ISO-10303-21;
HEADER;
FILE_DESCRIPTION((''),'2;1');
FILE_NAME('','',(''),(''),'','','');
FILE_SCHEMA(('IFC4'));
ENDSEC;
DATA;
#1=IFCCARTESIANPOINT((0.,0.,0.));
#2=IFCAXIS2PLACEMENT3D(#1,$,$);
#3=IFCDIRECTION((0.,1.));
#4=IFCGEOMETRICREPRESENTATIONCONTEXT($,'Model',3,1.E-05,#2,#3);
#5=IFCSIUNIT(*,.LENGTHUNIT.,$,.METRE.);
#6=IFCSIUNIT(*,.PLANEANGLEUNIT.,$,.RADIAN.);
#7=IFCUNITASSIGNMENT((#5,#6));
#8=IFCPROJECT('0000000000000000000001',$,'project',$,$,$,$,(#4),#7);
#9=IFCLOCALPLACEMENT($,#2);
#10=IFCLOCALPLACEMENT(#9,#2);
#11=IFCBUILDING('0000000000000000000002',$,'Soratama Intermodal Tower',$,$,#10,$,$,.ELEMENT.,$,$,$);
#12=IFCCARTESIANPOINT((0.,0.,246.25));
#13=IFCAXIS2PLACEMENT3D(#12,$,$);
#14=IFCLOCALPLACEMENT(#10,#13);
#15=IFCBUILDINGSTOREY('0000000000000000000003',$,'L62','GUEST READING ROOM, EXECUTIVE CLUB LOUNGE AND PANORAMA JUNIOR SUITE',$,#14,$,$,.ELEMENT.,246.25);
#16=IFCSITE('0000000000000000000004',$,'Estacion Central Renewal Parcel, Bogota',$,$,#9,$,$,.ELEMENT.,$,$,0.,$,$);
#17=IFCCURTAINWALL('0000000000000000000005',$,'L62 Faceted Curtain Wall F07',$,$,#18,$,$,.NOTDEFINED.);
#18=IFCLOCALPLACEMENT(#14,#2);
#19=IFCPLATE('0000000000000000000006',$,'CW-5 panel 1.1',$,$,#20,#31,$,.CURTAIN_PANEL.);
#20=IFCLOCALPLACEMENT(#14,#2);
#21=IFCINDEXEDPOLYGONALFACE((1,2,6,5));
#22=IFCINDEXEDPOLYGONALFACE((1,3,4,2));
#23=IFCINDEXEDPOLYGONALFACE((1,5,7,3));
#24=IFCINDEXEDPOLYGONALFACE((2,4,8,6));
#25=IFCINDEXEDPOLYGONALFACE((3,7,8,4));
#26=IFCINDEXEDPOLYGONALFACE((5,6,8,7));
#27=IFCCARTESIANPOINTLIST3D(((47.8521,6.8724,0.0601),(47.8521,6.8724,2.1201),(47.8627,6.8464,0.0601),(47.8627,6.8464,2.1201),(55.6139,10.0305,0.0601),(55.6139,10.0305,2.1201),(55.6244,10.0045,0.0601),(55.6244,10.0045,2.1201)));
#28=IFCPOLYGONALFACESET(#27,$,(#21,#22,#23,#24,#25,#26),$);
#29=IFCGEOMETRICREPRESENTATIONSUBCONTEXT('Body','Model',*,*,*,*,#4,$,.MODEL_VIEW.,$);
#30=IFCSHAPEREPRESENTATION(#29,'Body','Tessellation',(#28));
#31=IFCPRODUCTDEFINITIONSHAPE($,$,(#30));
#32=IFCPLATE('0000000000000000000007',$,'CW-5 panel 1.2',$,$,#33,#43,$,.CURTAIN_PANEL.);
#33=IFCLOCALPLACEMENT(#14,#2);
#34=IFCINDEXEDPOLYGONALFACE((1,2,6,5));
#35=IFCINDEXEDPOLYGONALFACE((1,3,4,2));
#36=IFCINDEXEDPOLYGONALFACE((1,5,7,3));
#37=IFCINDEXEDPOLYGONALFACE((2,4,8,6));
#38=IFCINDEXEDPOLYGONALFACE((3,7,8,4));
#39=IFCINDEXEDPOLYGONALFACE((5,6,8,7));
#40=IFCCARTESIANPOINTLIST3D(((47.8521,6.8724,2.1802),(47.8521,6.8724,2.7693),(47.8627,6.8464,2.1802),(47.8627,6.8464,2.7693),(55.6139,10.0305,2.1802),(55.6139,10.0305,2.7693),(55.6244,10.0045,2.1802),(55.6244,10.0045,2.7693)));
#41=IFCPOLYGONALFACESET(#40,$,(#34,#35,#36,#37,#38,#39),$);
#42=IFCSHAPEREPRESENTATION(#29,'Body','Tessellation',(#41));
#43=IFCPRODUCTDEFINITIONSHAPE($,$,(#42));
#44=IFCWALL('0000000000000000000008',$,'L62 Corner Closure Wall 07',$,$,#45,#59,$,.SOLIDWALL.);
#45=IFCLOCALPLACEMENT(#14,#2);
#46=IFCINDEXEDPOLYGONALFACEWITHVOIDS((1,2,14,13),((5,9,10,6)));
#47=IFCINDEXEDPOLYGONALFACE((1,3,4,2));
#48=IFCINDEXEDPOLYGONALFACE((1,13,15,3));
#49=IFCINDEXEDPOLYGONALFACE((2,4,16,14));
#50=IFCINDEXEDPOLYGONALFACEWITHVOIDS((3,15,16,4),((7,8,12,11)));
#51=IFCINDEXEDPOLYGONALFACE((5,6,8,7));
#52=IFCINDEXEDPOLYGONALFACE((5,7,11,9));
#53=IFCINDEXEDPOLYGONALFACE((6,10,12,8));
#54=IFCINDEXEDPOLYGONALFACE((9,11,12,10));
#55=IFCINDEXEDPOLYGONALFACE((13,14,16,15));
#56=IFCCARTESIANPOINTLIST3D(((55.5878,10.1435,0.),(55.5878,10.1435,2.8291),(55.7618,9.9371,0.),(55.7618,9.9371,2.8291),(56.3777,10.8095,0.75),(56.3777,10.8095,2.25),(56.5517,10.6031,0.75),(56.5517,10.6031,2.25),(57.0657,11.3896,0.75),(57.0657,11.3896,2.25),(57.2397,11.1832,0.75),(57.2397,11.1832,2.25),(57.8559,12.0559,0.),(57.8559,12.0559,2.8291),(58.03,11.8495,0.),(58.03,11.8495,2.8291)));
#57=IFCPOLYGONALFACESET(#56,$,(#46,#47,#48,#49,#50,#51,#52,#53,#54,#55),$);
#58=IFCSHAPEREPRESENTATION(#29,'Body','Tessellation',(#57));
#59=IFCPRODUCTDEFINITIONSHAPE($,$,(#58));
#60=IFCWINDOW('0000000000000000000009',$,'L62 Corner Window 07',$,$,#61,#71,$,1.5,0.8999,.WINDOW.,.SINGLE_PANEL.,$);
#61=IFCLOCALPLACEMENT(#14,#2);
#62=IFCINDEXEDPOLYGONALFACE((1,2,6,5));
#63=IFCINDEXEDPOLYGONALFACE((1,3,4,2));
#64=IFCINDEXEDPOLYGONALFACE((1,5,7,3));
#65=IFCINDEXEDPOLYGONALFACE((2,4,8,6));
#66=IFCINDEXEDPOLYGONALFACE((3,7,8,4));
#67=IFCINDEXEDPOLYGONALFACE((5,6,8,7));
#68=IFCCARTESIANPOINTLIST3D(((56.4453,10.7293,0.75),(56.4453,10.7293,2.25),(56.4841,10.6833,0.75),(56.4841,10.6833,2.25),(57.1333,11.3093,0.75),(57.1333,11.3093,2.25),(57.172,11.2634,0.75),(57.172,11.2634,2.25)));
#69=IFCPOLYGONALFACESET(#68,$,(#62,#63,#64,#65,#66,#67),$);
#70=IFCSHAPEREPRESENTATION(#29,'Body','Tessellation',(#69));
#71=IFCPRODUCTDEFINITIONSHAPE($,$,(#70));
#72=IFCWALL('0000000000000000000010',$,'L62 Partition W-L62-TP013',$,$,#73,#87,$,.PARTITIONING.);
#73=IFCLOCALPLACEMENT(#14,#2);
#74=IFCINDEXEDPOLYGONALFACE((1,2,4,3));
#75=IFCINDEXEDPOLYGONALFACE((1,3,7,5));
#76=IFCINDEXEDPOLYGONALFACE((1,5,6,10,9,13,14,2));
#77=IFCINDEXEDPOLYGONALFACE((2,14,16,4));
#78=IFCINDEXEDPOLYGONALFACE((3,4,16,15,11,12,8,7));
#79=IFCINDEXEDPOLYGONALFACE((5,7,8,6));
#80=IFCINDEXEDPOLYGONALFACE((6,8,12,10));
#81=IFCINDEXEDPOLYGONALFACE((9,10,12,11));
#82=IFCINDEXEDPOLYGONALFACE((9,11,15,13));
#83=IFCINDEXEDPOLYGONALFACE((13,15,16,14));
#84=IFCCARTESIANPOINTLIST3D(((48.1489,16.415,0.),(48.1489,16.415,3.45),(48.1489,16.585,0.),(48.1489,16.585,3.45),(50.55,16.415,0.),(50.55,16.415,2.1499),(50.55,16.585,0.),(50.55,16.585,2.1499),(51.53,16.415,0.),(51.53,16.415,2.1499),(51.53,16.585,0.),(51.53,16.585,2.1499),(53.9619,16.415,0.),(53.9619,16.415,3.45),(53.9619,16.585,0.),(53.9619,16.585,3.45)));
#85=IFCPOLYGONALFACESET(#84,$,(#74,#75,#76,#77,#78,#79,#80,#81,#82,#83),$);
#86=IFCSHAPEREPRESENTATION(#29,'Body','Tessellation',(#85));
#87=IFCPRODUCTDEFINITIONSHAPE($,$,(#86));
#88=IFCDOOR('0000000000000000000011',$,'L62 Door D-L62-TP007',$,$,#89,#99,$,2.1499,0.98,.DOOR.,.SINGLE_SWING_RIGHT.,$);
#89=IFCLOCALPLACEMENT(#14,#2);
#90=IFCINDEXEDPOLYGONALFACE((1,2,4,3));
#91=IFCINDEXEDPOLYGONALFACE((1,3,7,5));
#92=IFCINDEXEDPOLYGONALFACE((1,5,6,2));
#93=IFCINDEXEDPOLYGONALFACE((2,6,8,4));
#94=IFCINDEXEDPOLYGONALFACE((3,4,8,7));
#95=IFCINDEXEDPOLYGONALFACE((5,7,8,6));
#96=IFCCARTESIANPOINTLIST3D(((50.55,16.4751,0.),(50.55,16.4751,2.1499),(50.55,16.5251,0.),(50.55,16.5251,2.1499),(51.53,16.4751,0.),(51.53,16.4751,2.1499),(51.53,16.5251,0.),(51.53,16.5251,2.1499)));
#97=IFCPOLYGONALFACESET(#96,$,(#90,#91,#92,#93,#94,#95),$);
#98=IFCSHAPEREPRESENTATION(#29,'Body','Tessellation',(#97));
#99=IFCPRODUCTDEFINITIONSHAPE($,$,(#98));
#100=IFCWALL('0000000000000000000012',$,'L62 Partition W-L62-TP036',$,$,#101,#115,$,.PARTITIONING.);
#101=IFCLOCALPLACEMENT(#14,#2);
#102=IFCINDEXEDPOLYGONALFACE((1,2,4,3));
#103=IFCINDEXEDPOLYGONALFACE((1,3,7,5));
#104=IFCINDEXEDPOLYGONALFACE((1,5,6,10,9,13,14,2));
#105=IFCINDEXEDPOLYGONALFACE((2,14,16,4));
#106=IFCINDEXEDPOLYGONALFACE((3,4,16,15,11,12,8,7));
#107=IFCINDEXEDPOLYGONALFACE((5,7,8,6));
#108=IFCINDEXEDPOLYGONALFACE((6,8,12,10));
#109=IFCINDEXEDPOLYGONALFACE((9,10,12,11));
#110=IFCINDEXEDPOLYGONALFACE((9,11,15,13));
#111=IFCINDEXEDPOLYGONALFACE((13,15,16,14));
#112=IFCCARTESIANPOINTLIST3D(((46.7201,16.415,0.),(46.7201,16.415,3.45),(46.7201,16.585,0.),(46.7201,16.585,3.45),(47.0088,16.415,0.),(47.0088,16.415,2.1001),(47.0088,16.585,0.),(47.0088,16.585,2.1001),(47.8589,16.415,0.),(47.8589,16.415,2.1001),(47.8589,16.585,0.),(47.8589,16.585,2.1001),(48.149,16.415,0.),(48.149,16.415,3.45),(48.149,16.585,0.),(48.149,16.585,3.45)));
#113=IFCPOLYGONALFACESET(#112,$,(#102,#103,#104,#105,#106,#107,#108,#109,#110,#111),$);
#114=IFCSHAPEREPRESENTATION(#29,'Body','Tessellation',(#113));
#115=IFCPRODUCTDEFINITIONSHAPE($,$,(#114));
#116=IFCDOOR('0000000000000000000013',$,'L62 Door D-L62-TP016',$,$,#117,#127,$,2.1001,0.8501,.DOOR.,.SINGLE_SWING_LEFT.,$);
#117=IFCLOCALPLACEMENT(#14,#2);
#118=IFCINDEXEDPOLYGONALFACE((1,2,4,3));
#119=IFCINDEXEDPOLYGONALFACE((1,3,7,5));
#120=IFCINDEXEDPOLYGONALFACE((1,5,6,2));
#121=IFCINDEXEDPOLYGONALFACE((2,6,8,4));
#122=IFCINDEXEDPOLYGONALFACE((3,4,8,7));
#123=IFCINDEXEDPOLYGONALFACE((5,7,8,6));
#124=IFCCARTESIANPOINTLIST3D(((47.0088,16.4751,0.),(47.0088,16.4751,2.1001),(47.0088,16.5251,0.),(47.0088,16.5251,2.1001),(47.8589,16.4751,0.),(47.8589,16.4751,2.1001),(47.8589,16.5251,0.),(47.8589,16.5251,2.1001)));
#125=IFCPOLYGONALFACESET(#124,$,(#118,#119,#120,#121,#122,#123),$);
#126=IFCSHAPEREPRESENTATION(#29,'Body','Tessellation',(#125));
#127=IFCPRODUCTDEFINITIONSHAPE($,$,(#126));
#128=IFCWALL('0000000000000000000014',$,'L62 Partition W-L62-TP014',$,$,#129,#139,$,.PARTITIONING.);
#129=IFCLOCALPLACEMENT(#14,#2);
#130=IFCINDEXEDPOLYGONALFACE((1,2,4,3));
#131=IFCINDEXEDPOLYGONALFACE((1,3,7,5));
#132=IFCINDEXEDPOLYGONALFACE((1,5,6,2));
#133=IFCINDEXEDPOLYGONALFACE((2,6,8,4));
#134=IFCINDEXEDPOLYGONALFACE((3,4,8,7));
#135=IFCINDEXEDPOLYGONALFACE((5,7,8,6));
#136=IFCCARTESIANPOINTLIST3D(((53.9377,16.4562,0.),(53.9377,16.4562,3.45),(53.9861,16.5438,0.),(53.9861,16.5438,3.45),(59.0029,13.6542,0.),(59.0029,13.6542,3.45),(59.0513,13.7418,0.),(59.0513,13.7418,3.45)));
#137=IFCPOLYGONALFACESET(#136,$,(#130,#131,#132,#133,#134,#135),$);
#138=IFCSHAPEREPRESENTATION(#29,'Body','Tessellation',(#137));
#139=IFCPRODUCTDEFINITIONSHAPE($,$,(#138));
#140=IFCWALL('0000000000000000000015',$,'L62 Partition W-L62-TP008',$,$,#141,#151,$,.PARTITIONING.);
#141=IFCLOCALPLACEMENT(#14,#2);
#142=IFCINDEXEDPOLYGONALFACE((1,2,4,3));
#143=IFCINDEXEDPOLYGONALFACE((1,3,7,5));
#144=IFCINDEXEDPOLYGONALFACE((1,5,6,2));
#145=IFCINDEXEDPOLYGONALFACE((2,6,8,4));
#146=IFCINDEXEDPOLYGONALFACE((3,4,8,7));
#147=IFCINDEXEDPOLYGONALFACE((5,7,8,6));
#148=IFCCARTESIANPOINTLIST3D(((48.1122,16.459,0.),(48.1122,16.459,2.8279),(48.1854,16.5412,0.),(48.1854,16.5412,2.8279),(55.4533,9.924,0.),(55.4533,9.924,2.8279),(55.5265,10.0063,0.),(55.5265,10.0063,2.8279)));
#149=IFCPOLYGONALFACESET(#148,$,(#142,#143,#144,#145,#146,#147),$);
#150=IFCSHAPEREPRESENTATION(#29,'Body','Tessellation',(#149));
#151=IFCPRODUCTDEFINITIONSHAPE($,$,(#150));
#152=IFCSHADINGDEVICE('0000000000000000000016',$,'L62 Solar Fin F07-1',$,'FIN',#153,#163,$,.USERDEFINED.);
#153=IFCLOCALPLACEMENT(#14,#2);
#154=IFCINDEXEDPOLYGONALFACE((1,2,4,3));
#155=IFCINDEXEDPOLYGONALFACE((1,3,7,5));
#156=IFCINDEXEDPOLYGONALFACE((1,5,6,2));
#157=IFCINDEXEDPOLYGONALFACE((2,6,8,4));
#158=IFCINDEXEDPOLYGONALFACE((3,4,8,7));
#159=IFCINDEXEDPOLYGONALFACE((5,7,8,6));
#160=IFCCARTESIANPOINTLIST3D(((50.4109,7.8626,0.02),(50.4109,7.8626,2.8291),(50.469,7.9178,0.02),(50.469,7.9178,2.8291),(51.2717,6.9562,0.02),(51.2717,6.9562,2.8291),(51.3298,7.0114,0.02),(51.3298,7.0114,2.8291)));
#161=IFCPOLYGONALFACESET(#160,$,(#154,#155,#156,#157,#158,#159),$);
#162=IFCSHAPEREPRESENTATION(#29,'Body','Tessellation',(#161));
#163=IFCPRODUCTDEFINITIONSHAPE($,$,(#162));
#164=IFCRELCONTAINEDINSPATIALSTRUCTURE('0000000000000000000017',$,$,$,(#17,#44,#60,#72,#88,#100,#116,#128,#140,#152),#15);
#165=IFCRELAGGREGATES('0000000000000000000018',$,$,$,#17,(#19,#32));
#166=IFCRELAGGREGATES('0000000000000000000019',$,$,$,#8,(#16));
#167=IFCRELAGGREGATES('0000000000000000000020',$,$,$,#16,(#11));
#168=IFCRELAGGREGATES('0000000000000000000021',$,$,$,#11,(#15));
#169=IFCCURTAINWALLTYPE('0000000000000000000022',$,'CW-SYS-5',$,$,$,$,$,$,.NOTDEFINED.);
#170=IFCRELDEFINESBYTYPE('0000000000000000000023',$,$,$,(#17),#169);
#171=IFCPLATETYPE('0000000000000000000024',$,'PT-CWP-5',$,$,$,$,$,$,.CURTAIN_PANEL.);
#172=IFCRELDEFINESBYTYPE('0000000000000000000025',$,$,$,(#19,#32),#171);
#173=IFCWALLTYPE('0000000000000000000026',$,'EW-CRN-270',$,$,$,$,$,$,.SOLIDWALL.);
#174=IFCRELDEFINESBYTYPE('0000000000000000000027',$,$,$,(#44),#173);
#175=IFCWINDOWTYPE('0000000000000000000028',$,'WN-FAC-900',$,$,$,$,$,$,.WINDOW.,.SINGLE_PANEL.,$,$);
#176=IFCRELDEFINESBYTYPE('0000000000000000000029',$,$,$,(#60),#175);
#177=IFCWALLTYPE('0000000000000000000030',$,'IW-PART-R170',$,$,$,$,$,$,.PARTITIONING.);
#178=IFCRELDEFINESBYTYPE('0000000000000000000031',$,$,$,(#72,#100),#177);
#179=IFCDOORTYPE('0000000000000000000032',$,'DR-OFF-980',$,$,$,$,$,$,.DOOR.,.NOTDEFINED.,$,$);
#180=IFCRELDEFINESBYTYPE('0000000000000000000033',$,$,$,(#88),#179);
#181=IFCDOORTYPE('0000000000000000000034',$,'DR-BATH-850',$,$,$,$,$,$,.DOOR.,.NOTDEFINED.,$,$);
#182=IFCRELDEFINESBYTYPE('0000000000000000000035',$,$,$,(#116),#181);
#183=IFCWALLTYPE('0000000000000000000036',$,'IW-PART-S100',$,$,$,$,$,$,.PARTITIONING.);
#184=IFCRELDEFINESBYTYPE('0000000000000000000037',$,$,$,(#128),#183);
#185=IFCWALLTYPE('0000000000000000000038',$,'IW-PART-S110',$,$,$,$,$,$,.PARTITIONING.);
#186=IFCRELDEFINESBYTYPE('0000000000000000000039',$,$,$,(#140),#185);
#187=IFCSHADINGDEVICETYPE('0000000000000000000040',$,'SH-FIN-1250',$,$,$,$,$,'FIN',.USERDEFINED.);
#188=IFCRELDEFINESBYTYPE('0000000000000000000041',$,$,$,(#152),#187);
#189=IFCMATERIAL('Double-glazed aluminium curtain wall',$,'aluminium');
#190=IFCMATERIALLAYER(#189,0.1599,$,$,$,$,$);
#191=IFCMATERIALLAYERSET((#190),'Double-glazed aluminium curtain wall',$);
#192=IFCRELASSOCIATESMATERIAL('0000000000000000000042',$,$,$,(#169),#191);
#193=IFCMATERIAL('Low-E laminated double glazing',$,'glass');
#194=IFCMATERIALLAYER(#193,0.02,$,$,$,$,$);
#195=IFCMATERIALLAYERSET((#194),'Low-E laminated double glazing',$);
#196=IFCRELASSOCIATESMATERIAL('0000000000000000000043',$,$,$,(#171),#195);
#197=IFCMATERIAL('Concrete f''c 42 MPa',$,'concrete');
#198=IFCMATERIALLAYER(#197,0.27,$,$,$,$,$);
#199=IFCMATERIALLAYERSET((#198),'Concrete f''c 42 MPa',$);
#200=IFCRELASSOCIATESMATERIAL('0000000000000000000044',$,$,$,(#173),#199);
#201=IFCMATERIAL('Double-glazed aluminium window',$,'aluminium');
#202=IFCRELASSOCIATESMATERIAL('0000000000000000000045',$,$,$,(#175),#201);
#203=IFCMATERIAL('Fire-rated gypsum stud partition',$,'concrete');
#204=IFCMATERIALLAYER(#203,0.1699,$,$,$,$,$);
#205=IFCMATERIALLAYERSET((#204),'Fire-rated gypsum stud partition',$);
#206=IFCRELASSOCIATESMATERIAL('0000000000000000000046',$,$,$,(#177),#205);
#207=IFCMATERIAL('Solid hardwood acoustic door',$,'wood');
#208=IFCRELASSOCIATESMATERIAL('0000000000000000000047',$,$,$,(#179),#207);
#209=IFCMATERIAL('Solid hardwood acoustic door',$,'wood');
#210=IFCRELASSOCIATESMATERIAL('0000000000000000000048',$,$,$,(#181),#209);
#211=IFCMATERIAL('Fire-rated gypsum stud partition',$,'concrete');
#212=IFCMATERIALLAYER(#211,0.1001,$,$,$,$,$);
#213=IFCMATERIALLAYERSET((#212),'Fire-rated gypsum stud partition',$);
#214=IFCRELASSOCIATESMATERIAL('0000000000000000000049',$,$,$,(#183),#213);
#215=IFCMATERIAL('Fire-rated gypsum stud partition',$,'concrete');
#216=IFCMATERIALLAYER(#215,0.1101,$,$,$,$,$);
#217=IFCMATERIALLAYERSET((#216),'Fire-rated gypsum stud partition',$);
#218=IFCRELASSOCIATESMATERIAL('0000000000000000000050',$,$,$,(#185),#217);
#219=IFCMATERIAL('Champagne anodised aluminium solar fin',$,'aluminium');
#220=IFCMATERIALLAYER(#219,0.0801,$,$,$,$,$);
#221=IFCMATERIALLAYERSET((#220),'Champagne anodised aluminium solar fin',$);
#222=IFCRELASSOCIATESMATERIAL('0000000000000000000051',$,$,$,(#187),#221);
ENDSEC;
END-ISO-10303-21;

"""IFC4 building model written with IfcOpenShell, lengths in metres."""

from ifc_helpers import new_model, si_unit, direction, frame, frame_2d, origin, origin_2d, place, context, subcontext, project, spatial, rectangle, extrude, material, layer, layer_set, type_object, element, fill, aggregate, save


model = new_model("IFC4")

# Units and contexts
model_context = context("Model", 3, precision=1e-05, world=origin(), true_north=direction((0.0, 1.0)))
body_context = subcontext(model_context, "Body", "Model", "MODEL_VIEW")
ifc_project = project(units=[si_unit("LENGTHUNIT", "METRE"), si_unit("PLANEANGLEUNIT", "RADIAN")], contexts=[model_context])

# Site, building, storey
site_placement = place(None, origin())
site = spatial("IfcSite", under=ifc_project, at=site_placement, Name="Estacion Central Renewal Parcel, Bogota", CompositionType="ELEMENT", RefElevation=0.0)
building_placement = place(site_placement, origin())
building = spatial("IfcBuilding", under=site, at=building_placement, Name="Soratama Intermodal Tower", CompositionType="ELEMENT")
storey_placement = place(building_placement, frame((0.0, 0.0, 246.25)))
storey = spatial("IfcBuildingStorey", under=building, at=storey_placement, Name="L62", Description="GUEST READING ROOM, EXECUTIVE CLUB LOUNGE AND PANORAMA JUNIOR SUITE", CompositionType="ELEMENT", Elevation=246.25)

# Curtain wall, plates
ifc_material_1 = material(Name="Double-glazed aluminium curtain wall", Category="aluminium")
ifc_layer_1 = layer(ifc_material_1, 0.1599)
ifc_layer_set_1 = layer_set([ifc_layer_1], Name="Double-glazed aluminium curtain wall")
curtain_wall_type = type_object("IfcCurtainWallType", Name="CW-SYS-5", PredefinedType="NOTDEFINED", material=ifc_layer_set_1)
curtain_wall_placement = place(storey_placement, origin())
curtain_wall = element("IfcCurtainWall", 1, at=curtain_wall_placement, inside=storey, type_object=curtain_wall_type, Name="L62 Faceted Curtain Wall F07", PredefinedType="NOTDEFINED")
ifc_material_2 = material(Name="Low-E laminated double glazing", Category="glass")
ifc_layer_2 = layer(ifc_material_2, 0.02)
ifc_layer_set_2 = layer_set([ifc_layer_2], Name="Low-E laminated double glazing")
plate_type = type_object("IfcPlateType", Name="PT-CWP-5", PredefinedType="CURTAIN_PANEL", material=ifc_layer_set_2)
plate_1_placement = place(storey_placement, frame((51.7383, 8.4385, 0.0601), z_axis=(0.0, 0.0, 1.0), x_axis=(0.926262, 0.376881, 0.0)))
plate_1 = element("IfcPlate", 2, at=plate_1_placement, type_object=plate_type, Name="CW-5 panel 1.1", PredefinedType="CURTAIN_PANEL", context=body_context, shape_type="SweptSolid", body=[
    extrude(rectangle(XDim=8.3796, YDim=0.0281, at=origin_2d()), origin(), (0.0, 0.0, 1.0), 2.0601),
])
plate_2_placement = place(storey_placement, frame((51.7383, 8.4385, 2.1802), z_axis=(0.0, 0.0, 1.0), x_axis=(0.926262, 0.376881, 0.0)))
plate_2 = element("IfcPlate", 3, at=plate_2_placement, type_object=plate_type, Name="CW-5 panel 1.2", PredefinedType="CURTAIN_PANEL", context=body_context, shape_type="SweptSolid", body=[
    extrude(rectangle(XDim=8.3796, YDim=0.0281, at=origin_2d()), origin(), (0.0, 0.0, 1.0), 0.5891),
])
aggregate(curtain_wall, [plate_1, plate_2])

# Wall, opening, window
ifc_material_3 = material(Name="Concrete f'c 42 MPa", Category="concrete")
ifc_layer_3 = layer(ifc_material_3, 0.27)
ifc_layer_set_3 = layer_set([ifc_layer_3], Name="Concrete f'c 42 MPa")
wall_type_1 = type_object("IfcWallType", Name="EW-CRN-270", PredefinedType="SOLIDWALL", material=ifc_layer_set_3)
wall_1_placement = place(storey_placement, frame((55.6748, 10.0403, 0.0), z_axis=(0.0, 0.0, 1.0), x_axis=(0.764512, 0.64461, 0.0)))
wall_1 = element("IfcWall", 4, at=wall_1_placement, inside=storey, type_object=wall_type_1, Name="L62 Corner Closure Wall 07", PredefinedType="SOLIDWALL", context=body_context, shape_type="SweptSolid", body=[
    extrude(rectangle(XDim=2.9668, YDim=0.27, at=frame_2d((1.4834, 0.0))), origin(), (0.0, 0.0, 1.0), 2.8291),
])
opening_1_placement = place(wall_1_placement, frame((1.0332, 0.0, 0.75)))
opening_1 = element("IfcOpeningElement", 5, at=opening_1_placement, cuts=wall_1, PredefinedType="OPENING", context=body_context, shape_type="SweptSolid", body=[
    extrude(rectangle(XDim=0.8999, YDim=1.5, at=frame_2d((0.45, 0.75))), frame((0.0, 0.145, 0.0), z_axis=(0.0, -1.0, 0.0), x_axis=(1.0, 0.0, 0.0)), (0.0, 0.0, 1.0), 0.29),
])
ifc_material_4 = material(Name="Double-glazed aluminium window", Category="aluminium")
window_type = type_object("IfcWindowType", Name="WN-FAC-900", PartitioningType="SINGLE_PANEL", PredefinedType="WINDOW", material=ifc_material_4)
window_placement = place(opening_1_placement, origin())
window = element("IfcWindow", 6, at=window_placement, inside=storey, type_object=window_type, Name="L62 Corner Window 07", OverallHeight=1.5, OverallWidth=0.8999, PartitioningType="SINGLE_PANEL", PredefinedType="WINDOW", context=body_context, shape_type="SweptSolid", body=[
    extrude(rectangle(XDim=0.8999, YDim=1.5, at=frame_2d((0.45, 0.75))), frame((0.0, 0.03, 0.0), z_axis=(0.0, -1.0, 0.0), x_axis=(1.0, 0.0, 0.0)), (0.0, 0.0, 1.0), 0.0601),
])
fill(opening_1, window)

# Walls, openings, doors
ifc_material_5 = material(Name="Fire-rated gypsum stud partition", Category="concrete")
ifc_layer_4 = layer(ifc_material_5, 0.1699)
ifc_layer_set_4 = layer_set([ifc_layer_4], Name="Fire-rated gypsum stud partition")
wall_type_2 = type_object("IfcWallType", Name="IW-PART-R170", PredefinedType="PARTITIONING", material=ifc_layer_set_4)
wall_2_placement = place(storey_placement, frame((53.9619, 16.5, 0.0), z_axis=(0.0, 0.0, 1.0), x_axis=(-1.0, 0.0, 0.0)))
wall_2 = element("IfcWall", 7, at=wall_2_placement, inside=storey, type_object=wall_type_2, Name="L62 Partition W-L62-TP013", PredefinedType="PARTITIONING", context=body_context, shape_type="SweptSolid", body=[
    extrude(rectangle(XDim=5.813, YDim=0.1699, at=frame_2d((2.9065, 0.0))), origin(), (0.0, 0.0, 1.0), 3.45),
])
opening_2_placement = place(wall_2_placement, frame((2.4319, 0.0, 0.0)))
opening_2 = element("IfcOpeningElement", 8, at=opening_2_placement, cuts=wall_2, PredefinedType="OPENING", context=body_context, shape_type="SweptSolid", body=[
    extrude(rectangle(XDim=0.98, YDim=2.1499, at=frame_2d((0.49, 1.075))), frame((0.0, 0.095, 0.0), z_axis=(0.0, -1.0, 0.0), x_axis=(1.0, 0.0, 0.0)), (0.0, 0.0, 1.0), 0.1899),
])
ifc_material_6 = material(Name="Solid hardwood acoustic door", Category="wood")
door_type_1 = type_object("IfcDoorType", Name="DR-OFF-980", OperationType="NOTDEFINED", PredefinedType="DOOR", material=ifc_material_6)
door_1_placement = place(opening_2_placement, origin())
door_1 = element("IfcDoor", 9, at=door_1_placement, inside=storey, type_object=door_type_1, Name="L62 Door D-L62-TP007", OperationType="SINGLE_SWING_RIGHT", OverallHeight=2.1499, OverallWidth=0.98, PredefinedType="DOOR", context=body_context, shape_type="SweptSolid", body=[
    extrude(rectangle(XDim=0.98, YDim=2.1499, at=frame_2d((0.49, 1.075))), frame((0.0, 0.0249, 0.0), z_axis=(0.0, -1.0, 0.0), x_axis=(1.0, 0.0, 0.0)), (0.0, 0.0, 1.0), 0.05),
])
fill(opening_2, door_1)
wall_3_placement = place(storey_placement, frame((48.1489, 16.5, 0.0), z_axis=(0.0, 0.0, 1.0), x_axis=(-1.0, 0.0, 0.0)))
wall_3 = element("IfcWall", 10, at=wall_3_placement, inside=storey, type_object=wall_type_2, Name="L62 Partition W-L62-TP036", PredefinedType="PARTITIONING", context=body_context, shape_type="SweptSolid", body=[
    extrude(rectangle(XDim=1.429, YDim=0.1699, at=frame_2d((0.7144, 0.0))), origin(), (0.0, 0.0, 1.0), 3.45),
])
opening_3_placement = place(wall_3_placement, frame((0.29, 0.0, 0.0)))
opening_3 = element("IfcOpeningElement", 11, at=opening_3_placement, cuts=wall_3, PredefinedType="OPENING", context=body_context, shape_type="SweptSolid", body=[
    extrude(rectangle(XDim=0.8501, YDim=2.1001, at=frame_2d((0.425, 1.05))), frame((0.0, 0.095, 0.0), z_axis=(0.0, -1.0, 0.0), x_axis=(1.0, 0.0, 0.0)), (0.0, 0.0, 1.0), 0.1899),
])
ifc_material_7 = material(Name="Solid hardwood acoustic door", Category="wood")
door_type_2 = type_object("IfcDoorType", Name="DR-BATH-850", OperationType="NOTDEFINED", PredefinedType="DOOR", material=ifc_material_7)
door_2_placement = place(opening_3_placement, origin())
door_2 = element("IfcDoor", 12, at=door_2_placement, inside=storey, type_object=door_type_2, Name="L62 Door D-L62-TP016", OperationType="SINGLE_SWING_LEFT", OverallHeight=2.1001, OverallWidth=0.8501, PredefinedType="DOOR", context=body_context, shape_type="SweptSolid", body=[
    extrude(rectangle(XDim=0.8501, YDim=2.1001, at=frame_2d((0.425, 1.05))), frame((0.0, 0.0249, 0.0), z_axis=(0.0, -1.0, 0.0), x_axis=(1.0, 0.0, 0.0)), (0.0, 0.0, 1.0), 0.05),
])
fill(opening_3, door_2)

# Walls
ifc_material_8 = material(Name="Fire-rated gypsum stud partition", Category="concrete")
ifc_layer_5 = layer(ifc_material_8, 0.1001)
ifc_layer_set_5 = layer_set([ifc_layer_5], Name="Fire-rated gypsum stud partition")
wall_type_3 = type_object("IfcWallType", Name="IW-PART-S100", PredefinedType="PARTITIONING", material=ifc_layer_set_5)
wall_4_placement = place(storey_placement, frame((53.9619, 16.5, 0.0), z_axis=(0.0, 0.0, 1.0), x_axis=(0.875035, -0.484059, 0.0)))
element("IfcWall", 13, at=wall_4_placement, inside=storey, type_object=wall_type_3, Name="L62 Partition W-L62-TP014", PredefinedType="PARTITIONING", context=body_context, shape_type="SweptSolid", body=[
    extrude(rectangle(XDim=5.7886, YDim=0.1001, at=frame_2d((2.8943, 0.0))), origin(), (0.0, 0.0, 1.0), 3.45),
])
ifc_material_9 = material(Name="Fire-rated gypsum stud partition", Category="concrete")
ifc_layer_6 = layer(ifc_material_9, 0.1101)
ifc_layer_set_6 = layer_set([ifc_layer_6], Name="Fire-rated gypsum stud partition")
wall_type_4 = type_object("IfcWallType", Name="IW-PART-S110", PredefinedType="PARTITIONING", material=ifc_layer_set_6)
wall_5_placement = place(storey_placement, frame((48.1489, 16.5, 0.0), z_axis=(0.0, 0.0, 1.0), x_axis=(0.746928, -0.664905, 0.0)))
element("IfcWall", 14, at=wall_5_placement, inside=storey, type_object=wall_type_4, Name="L62 Partition W-L62-TP008", PredefinedType="PARTITIONING", context=body_context, shape_type="SweptSolid", body=[
    extrude(rectangle(XDim=9.8284, YDim=0.1101, at=frame_2d((4.9141, 0.0))), origin(), (0.0, 0.0, 1.0), 2.8279),
])

# Shading device
ifc_material_10 = material(Name="Champagne anodised aluminium solar fin", Category="aluminium")
ifc_layer_7 = layer(ifc_material_10, 0.0801)
ifc_layer_set_7 = layer_set([ifc_layer_7], Name="Champagne anodised aluminium solar fin")
shading_device_type = type_object("IfcShadingDeviceType", Name="SH-FIN-1250", ElementType="FIN", PredefinedType="USERDEFINED", material=ifc_layer_set_7)
for number, where, z_axis, x_axis, name in (
    (15, (50.8704, 7.437, 0.02), (0.0, 0.0, 1.0), (0.688608, -0.725134, 0.0), "L62 Solar Fin F07-1"),
):
    element("IfcShadingDevice", number, at=place(storey_placement, frame(where, z_axis=z_axis, x_axis=x_axis)), inside=storey, type_object=shading_device_type, Name=name, ObjectType="FIN", PredefinedType="USERDEFINED", context=body_context, shape_type="SweptSolid", body=[
        extrude(rectangle(XDim=1.25, YDim=0.0801, at=origin_2d()), origin(), (0.0, 0.0, 1.0), 2.8091),
    ])

save(model, "model.ifc")
